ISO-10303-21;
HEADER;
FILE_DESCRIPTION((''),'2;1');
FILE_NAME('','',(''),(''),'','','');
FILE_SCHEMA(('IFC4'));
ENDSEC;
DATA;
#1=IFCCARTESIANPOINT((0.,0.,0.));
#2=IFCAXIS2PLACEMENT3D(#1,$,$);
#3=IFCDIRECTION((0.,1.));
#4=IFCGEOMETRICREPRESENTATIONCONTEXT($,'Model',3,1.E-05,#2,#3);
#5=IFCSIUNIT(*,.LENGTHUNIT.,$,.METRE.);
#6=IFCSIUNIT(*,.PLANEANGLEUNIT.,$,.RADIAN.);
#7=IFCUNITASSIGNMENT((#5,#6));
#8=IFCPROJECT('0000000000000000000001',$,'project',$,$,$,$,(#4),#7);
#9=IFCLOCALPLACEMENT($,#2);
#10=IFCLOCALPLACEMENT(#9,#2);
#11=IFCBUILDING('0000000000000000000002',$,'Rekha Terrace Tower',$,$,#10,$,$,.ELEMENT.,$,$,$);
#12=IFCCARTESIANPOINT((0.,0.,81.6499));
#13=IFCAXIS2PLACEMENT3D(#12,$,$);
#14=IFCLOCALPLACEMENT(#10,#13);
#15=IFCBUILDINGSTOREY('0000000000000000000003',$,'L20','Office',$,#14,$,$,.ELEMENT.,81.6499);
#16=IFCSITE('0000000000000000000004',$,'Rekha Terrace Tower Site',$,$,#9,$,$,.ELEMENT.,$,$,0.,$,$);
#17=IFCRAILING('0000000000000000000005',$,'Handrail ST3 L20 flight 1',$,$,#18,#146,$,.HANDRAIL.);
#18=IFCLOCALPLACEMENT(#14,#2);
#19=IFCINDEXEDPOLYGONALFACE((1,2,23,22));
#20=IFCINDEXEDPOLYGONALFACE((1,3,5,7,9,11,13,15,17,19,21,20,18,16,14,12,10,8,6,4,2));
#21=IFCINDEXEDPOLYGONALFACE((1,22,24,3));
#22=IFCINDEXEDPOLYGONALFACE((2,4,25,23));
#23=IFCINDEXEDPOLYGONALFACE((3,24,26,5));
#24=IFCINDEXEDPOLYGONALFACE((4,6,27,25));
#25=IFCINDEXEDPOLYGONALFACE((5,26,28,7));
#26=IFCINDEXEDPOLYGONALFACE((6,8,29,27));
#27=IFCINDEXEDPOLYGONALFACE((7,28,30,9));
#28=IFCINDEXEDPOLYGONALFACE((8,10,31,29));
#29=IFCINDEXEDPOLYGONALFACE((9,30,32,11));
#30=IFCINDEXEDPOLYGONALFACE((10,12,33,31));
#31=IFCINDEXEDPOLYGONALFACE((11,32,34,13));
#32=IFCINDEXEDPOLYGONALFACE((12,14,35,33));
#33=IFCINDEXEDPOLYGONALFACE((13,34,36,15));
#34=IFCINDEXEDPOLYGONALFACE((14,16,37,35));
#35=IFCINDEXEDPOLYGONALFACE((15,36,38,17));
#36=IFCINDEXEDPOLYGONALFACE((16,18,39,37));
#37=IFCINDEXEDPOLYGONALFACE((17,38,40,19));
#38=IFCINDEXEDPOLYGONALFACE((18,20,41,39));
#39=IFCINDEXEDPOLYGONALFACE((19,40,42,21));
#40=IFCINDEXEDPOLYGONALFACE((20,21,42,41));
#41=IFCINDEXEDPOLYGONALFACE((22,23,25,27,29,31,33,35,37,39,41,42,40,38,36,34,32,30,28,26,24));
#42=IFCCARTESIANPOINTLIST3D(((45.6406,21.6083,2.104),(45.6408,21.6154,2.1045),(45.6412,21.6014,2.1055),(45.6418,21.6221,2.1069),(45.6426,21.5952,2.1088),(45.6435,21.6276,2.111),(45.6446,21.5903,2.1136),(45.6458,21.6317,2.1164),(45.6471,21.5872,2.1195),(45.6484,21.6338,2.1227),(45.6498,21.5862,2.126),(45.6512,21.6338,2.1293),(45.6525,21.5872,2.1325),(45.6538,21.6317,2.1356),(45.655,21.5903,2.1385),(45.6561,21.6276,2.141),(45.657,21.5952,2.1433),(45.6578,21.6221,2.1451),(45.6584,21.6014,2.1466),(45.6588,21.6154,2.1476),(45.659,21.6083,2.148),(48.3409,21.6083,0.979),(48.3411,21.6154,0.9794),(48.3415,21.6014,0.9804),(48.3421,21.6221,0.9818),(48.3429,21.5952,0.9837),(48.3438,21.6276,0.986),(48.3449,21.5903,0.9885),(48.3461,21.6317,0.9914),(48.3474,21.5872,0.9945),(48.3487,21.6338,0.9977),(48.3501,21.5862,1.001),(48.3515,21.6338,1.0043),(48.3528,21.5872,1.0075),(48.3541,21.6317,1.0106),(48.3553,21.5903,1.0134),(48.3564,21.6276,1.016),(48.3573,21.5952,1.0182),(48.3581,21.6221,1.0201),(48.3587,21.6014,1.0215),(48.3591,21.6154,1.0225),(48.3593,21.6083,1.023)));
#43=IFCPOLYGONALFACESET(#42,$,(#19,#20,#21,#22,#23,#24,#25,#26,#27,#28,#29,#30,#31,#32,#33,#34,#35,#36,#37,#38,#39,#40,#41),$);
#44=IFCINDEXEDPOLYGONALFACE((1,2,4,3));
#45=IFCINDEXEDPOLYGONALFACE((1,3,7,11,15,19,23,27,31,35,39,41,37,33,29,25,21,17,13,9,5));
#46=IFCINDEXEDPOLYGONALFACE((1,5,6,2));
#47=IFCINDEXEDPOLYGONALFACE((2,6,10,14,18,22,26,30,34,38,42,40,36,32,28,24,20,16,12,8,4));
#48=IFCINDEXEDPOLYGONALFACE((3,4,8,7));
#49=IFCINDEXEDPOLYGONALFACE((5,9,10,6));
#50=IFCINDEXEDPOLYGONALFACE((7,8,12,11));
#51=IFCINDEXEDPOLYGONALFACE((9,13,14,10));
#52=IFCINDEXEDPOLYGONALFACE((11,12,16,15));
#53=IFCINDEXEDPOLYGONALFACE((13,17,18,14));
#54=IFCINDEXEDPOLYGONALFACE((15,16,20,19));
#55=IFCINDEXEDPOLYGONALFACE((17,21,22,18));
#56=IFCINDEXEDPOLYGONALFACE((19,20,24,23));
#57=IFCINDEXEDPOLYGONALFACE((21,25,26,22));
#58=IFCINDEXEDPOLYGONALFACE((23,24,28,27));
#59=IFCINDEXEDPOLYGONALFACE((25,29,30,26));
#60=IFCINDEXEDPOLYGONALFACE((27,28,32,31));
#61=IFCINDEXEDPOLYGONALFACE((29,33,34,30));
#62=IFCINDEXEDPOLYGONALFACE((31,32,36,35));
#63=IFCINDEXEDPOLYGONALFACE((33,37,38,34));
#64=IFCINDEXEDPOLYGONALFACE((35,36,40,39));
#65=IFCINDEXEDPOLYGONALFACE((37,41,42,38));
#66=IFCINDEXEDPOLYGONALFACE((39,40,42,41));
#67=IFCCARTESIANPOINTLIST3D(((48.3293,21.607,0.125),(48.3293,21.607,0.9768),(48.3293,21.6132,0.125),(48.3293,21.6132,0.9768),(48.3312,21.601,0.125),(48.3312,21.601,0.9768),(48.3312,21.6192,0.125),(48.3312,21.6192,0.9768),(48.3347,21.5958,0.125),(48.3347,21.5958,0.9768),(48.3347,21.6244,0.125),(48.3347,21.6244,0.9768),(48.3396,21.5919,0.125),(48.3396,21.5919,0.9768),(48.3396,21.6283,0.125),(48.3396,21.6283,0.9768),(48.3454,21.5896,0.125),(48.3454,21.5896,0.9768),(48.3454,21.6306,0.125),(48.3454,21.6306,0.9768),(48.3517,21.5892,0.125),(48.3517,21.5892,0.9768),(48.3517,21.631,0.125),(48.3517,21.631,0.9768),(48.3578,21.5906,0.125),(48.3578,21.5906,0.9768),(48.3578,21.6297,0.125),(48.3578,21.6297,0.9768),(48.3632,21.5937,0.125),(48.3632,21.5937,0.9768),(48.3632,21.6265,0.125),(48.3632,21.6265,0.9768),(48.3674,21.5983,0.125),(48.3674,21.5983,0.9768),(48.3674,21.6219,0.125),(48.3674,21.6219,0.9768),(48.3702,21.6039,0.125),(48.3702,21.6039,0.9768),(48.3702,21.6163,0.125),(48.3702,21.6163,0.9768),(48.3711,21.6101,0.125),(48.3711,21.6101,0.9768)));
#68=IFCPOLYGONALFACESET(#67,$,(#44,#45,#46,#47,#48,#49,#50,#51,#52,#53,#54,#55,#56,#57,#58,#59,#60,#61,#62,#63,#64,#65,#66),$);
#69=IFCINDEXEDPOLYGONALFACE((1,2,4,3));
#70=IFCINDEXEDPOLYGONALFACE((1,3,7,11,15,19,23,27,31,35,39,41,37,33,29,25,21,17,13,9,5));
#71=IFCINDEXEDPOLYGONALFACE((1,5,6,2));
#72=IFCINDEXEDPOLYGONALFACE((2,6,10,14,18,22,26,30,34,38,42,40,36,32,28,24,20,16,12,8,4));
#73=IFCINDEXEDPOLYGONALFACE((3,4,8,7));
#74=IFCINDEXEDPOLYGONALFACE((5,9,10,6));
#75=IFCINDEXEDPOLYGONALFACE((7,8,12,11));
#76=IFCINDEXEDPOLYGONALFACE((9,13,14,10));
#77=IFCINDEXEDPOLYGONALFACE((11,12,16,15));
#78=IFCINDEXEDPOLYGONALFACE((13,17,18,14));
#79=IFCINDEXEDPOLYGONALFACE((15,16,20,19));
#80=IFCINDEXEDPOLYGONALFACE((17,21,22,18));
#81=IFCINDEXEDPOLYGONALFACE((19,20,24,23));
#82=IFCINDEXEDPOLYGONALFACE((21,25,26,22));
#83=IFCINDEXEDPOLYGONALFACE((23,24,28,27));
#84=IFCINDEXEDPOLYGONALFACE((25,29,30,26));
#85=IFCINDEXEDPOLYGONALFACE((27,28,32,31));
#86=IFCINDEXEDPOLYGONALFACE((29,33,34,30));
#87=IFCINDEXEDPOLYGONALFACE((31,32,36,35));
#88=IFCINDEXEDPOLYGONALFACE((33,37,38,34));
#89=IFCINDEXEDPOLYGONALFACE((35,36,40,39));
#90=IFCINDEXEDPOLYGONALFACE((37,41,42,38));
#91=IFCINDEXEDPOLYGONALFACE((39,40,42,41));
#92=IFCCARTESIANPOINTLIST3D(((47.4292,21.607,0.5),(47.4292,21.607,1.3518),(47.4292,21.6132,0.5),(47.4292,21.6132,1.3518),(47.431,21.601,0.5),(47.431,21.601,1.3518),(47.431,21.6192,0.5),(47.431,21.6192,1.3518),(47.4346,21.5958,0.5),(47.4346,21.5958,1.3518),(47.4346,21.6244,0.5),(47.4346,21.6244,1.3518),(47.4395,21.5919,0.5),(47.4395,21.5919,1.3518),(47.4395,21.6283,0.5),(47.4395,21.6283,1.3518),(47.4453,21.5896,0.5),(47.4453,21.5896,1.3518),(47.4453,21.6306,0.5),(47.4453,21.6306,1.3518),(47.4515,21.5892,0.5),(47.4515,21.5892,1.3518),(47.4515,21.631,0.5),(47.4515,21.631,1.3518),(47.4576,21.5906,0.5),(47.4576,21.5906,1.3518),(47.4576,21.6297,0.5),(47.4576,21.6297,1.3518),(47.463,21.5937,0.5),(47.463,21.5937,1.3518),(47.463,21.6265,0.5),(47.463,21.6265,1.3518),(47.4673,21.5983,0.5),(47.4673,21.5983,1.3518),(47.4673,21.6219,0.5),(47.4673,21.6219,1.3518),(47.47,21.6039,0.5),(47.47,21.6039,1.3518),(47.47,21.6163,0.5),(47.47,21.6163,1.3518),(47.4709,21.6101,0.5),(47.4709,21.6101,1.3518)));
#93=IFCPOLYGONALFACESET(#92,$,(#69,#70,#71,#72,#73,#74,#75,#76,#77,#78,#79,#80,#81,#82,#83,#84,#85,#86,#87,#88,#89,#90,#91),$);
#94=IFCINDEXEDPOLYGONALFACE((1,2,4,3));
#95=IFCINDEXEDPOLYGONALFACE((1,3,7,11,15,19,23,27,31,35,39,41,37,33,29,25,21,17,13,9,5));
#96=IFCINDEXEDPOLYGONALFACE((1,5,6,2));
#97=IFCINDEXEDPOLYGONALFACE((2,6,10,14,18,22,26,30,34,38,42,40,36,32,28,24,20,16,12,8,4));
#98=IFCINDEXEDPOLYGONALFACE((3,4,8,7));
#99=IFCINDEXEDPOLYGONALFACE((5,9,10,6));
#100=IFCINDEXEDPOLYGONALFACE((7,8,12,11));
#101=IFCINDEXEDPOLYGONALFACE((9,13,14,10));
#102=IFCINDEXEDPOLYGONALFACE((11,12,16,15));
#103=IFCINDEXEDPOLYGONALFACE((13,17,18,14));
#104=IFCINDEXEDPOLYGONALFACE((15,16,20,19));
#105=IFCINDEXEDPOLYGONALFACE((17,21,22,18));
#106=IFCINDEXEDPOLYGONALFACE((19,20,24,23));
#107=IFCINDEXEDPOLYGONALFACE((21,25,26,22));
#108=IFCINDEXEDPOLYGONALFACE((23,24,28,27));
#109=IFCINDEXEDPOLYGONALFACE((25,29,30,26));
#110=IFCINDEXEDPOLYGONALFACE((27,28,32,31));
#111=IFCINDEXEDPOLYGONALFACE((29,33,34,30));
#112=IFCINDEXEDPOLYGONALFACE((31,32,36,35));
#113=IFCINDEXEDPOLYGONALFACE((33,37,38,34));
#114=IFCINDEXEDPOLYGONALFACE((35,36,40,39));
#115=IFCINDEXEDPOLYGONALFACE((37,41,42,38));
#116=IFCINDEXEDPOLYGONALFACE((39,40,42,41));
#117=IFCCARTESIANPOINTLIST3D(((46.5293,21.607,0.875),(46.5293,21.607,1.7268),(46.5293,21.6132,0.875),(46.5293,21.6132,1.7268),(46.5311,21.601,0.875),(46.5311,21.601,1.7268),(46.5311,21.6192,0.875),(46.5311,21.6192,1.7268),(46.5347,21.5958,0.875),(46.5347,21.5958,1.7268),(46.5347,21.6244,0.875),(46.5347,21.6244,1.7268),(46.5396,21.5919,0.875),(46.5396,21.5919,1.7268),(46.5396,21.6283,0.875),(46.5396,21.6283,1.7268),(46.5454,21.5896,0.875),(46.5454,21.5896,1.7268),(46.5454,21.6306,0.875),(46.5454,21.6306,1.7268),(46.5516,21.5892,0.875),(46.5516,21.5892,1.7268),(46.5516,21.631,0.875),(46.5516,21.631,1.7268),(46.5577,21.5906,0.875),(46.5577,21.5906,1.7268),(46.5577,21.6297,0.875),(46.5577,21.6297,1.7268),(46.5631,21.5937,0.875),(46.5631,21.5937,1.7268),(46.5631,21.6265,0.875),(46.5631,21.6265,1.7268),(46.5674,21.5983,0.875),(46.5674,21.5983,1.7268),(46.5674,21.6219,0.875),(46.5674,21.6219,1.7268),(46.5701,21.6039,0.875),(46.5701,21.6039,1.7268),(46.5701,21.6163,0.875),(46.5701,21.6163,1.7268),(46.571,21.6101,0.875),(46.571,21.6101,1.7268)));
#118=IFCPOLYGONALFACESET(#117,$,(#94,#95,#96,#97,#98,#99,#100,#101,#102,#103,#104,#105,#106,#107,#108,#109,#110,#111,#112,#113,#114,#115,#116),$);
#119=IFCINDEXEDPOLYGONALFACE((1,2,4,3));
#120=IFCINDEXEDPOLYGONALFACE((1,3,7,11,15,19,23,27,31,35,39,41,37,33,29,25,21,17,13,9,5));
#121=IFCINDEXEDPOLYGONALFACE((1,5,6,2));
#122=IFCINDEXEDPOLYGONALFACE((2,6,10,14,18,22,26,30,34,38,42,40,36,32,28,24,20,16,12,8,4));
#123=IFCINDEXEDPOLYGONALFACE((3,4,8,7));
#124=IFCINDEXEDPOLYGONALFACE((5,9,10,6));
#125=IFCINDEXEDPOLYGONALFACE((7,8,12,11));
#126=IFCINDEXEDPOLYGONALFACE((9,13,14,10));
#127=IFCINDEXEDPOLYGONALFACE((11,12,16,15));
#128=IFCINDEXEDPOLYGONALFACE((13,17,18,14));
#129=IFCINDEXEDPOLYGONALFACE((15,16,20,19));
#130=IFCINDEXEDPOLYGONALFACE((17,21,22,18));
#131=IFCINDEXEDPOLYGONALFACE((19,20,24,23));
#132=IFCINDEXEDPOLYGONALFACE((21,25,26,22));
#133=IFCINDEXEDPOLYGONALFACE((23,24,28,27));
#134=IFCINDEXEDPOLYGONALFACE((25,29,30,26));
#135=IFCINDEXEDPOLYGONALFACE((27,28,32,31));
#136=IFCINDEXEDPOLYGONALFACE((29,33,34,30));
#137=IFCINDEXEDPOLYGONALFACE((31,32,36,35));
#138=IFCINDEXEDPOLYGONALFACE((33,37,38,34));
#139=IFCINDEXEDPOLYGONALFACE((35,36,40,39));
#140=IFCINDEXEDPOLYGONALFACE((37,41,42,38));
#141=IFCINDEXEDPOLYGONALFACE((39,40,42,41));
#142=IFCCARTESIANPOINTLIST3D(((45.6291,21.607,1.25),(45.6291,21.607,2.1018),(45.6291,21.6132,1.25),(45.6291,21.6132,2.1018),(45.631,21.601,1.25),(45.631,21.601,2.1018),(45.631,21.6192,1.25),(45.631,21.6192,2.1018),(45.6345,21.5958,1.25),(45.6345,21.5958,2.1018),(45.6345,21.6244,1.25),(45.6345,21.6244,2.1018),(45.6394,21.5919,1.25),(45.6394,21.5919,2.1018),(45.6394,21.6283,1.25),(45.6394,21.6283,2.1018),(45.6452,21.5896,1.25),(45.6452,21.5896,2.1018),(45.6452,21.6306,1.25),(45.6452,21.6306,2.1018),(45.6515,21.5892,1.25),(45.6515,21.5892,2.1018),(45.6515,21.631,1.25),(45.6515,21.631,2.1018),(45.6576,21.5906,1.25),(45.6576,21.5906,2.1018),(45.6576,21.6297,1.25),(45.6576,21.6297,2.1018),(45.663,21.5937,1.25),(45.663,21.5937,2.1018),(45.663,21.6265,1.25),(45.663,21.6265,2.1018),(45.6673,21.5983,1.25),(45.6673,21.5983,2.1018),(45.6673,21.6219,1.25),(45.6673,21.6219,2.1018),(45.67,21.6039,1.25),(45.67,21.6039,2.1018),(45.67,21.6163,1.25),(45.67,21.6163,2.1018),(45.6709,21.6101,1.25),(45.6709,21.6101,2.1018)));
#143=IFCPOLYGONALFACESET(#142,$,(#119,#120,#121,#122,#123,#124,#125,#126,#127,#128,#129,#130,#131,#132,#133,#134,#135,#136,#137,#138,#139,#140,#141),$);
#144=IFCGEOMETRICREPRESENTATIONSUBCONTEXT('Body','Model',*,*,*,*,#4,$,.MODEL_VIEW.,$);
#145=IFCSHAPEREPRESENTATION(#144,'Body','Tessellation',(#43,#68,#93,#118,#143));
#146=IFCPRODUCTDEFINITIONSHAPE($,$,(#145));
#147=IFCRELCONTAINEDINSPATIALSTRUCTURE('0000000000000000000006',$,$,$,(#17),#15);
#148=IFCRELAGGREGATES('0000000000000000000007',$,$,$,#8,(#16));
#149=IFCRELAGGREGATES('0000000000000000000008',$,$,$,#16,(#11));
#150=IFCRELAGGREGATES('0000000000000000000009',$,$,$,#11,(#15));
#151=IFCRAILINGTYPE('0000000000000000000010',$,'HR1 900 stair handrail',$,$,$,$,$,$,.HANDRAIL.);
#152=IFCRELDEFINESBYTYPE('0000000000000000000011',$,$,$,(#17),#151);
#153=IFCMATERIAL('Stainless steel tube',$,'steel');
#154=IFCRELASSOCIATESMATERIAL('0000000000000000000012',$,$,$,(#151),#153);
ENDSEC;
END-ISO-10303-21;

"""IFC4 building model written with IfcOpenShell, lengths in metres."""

from ifc_helpers import new_model, si_unit, direction, frame, origin, origin_2d, place, context, subcontext, project, spatial, circle, extrude, material, type_object, element, save


model = new_model("IFC4")

# Units and contexts
model_context = context("Model", 3, precision=1e-05, world=origin(), true_north=direction((0.0, 1.0)))
body_context = subcontext(model_context, "Body", "Model", "MODEL_VIEW")
ifc_project = project(units=[si_unit("LENGTHUNIT", "METRE"), si_unit("PLANEANGLEUNIT", "RADIAN")], contexts=[model_context])

# Site, building, storey
site_placement = place(None, origin())
site = spatial("IfcSite", under=ifc_project, at=site_placement, Name="Rekha Terrace Tower Site", CompositionType="ELEMENT", RefElevation=0.0)
building_placement = place(site_placement, origin())
building = spatial("IfcBuilding", under=site, at=building_placement, Name="Rekha Terrace Tower", CompositionType="ELEMENT")
storey_placement = place(building_placement, frame((0.0, 0.0, 81.6499)))
storey = spatial("IfcBuildingStorey", under=building, at=storey_placement, Name="L20", Description="Office", CompositionType="ELEMENT", Elevation=81.6499)

# Railing
ifc_material_1 = material(Name="Stainless steel tube", Category="steel")
railing_type_1 = type_object("IfcRailingType", Name="HR1 900 stair handrail", PredefinedType="HANDRAIL", material=ifc_material_1)
railing_1_placement = place(storey_placement, frame((48.3501, 21.6101, 0.125)))
element("IfcRailing", 1, at=railing_1_placement, inside=storey, type_object=railing_type_1, Name="Handrail ST3 L20 flight 1", PredefinedType="HANDRAIL", context=body_context, shape_type="SweptSolid", body=[
    extrude(circle(Radius=0.0239, at=origin_2d()), frame((0.0, 0.0, 0.876), z_axis=(-0.923087, 0.0, 0.384592), x_axis=(0.0, -1.0, 0.0)), (0.0, 0.0, 1.0), 2.9253),
    extrude(circle(Radius=0.021, at=origin_2d()), origin(), (0.0, 0.0, 1.0), 0.8518),
    extrude(circle(Radius=0.021, at=origin_2d()), frame((-0.9001, 0.0, 0.375)), (0.0, 0.0, 1.0), 0.8518),
    extrude(circle(Radius=0.021, at=origin_2d()), frame((-1.8, 0.0, 0.75)), (0.0, 0.0, 1.0), 0.8518),
    extrude(circle(Radius=0.021, at=origin_2d()), frame((-2.7002, 0.0, 1.125)), (0.0, 0.0, 1.0), 0.8518),
])

save(model, "model.ifc")
